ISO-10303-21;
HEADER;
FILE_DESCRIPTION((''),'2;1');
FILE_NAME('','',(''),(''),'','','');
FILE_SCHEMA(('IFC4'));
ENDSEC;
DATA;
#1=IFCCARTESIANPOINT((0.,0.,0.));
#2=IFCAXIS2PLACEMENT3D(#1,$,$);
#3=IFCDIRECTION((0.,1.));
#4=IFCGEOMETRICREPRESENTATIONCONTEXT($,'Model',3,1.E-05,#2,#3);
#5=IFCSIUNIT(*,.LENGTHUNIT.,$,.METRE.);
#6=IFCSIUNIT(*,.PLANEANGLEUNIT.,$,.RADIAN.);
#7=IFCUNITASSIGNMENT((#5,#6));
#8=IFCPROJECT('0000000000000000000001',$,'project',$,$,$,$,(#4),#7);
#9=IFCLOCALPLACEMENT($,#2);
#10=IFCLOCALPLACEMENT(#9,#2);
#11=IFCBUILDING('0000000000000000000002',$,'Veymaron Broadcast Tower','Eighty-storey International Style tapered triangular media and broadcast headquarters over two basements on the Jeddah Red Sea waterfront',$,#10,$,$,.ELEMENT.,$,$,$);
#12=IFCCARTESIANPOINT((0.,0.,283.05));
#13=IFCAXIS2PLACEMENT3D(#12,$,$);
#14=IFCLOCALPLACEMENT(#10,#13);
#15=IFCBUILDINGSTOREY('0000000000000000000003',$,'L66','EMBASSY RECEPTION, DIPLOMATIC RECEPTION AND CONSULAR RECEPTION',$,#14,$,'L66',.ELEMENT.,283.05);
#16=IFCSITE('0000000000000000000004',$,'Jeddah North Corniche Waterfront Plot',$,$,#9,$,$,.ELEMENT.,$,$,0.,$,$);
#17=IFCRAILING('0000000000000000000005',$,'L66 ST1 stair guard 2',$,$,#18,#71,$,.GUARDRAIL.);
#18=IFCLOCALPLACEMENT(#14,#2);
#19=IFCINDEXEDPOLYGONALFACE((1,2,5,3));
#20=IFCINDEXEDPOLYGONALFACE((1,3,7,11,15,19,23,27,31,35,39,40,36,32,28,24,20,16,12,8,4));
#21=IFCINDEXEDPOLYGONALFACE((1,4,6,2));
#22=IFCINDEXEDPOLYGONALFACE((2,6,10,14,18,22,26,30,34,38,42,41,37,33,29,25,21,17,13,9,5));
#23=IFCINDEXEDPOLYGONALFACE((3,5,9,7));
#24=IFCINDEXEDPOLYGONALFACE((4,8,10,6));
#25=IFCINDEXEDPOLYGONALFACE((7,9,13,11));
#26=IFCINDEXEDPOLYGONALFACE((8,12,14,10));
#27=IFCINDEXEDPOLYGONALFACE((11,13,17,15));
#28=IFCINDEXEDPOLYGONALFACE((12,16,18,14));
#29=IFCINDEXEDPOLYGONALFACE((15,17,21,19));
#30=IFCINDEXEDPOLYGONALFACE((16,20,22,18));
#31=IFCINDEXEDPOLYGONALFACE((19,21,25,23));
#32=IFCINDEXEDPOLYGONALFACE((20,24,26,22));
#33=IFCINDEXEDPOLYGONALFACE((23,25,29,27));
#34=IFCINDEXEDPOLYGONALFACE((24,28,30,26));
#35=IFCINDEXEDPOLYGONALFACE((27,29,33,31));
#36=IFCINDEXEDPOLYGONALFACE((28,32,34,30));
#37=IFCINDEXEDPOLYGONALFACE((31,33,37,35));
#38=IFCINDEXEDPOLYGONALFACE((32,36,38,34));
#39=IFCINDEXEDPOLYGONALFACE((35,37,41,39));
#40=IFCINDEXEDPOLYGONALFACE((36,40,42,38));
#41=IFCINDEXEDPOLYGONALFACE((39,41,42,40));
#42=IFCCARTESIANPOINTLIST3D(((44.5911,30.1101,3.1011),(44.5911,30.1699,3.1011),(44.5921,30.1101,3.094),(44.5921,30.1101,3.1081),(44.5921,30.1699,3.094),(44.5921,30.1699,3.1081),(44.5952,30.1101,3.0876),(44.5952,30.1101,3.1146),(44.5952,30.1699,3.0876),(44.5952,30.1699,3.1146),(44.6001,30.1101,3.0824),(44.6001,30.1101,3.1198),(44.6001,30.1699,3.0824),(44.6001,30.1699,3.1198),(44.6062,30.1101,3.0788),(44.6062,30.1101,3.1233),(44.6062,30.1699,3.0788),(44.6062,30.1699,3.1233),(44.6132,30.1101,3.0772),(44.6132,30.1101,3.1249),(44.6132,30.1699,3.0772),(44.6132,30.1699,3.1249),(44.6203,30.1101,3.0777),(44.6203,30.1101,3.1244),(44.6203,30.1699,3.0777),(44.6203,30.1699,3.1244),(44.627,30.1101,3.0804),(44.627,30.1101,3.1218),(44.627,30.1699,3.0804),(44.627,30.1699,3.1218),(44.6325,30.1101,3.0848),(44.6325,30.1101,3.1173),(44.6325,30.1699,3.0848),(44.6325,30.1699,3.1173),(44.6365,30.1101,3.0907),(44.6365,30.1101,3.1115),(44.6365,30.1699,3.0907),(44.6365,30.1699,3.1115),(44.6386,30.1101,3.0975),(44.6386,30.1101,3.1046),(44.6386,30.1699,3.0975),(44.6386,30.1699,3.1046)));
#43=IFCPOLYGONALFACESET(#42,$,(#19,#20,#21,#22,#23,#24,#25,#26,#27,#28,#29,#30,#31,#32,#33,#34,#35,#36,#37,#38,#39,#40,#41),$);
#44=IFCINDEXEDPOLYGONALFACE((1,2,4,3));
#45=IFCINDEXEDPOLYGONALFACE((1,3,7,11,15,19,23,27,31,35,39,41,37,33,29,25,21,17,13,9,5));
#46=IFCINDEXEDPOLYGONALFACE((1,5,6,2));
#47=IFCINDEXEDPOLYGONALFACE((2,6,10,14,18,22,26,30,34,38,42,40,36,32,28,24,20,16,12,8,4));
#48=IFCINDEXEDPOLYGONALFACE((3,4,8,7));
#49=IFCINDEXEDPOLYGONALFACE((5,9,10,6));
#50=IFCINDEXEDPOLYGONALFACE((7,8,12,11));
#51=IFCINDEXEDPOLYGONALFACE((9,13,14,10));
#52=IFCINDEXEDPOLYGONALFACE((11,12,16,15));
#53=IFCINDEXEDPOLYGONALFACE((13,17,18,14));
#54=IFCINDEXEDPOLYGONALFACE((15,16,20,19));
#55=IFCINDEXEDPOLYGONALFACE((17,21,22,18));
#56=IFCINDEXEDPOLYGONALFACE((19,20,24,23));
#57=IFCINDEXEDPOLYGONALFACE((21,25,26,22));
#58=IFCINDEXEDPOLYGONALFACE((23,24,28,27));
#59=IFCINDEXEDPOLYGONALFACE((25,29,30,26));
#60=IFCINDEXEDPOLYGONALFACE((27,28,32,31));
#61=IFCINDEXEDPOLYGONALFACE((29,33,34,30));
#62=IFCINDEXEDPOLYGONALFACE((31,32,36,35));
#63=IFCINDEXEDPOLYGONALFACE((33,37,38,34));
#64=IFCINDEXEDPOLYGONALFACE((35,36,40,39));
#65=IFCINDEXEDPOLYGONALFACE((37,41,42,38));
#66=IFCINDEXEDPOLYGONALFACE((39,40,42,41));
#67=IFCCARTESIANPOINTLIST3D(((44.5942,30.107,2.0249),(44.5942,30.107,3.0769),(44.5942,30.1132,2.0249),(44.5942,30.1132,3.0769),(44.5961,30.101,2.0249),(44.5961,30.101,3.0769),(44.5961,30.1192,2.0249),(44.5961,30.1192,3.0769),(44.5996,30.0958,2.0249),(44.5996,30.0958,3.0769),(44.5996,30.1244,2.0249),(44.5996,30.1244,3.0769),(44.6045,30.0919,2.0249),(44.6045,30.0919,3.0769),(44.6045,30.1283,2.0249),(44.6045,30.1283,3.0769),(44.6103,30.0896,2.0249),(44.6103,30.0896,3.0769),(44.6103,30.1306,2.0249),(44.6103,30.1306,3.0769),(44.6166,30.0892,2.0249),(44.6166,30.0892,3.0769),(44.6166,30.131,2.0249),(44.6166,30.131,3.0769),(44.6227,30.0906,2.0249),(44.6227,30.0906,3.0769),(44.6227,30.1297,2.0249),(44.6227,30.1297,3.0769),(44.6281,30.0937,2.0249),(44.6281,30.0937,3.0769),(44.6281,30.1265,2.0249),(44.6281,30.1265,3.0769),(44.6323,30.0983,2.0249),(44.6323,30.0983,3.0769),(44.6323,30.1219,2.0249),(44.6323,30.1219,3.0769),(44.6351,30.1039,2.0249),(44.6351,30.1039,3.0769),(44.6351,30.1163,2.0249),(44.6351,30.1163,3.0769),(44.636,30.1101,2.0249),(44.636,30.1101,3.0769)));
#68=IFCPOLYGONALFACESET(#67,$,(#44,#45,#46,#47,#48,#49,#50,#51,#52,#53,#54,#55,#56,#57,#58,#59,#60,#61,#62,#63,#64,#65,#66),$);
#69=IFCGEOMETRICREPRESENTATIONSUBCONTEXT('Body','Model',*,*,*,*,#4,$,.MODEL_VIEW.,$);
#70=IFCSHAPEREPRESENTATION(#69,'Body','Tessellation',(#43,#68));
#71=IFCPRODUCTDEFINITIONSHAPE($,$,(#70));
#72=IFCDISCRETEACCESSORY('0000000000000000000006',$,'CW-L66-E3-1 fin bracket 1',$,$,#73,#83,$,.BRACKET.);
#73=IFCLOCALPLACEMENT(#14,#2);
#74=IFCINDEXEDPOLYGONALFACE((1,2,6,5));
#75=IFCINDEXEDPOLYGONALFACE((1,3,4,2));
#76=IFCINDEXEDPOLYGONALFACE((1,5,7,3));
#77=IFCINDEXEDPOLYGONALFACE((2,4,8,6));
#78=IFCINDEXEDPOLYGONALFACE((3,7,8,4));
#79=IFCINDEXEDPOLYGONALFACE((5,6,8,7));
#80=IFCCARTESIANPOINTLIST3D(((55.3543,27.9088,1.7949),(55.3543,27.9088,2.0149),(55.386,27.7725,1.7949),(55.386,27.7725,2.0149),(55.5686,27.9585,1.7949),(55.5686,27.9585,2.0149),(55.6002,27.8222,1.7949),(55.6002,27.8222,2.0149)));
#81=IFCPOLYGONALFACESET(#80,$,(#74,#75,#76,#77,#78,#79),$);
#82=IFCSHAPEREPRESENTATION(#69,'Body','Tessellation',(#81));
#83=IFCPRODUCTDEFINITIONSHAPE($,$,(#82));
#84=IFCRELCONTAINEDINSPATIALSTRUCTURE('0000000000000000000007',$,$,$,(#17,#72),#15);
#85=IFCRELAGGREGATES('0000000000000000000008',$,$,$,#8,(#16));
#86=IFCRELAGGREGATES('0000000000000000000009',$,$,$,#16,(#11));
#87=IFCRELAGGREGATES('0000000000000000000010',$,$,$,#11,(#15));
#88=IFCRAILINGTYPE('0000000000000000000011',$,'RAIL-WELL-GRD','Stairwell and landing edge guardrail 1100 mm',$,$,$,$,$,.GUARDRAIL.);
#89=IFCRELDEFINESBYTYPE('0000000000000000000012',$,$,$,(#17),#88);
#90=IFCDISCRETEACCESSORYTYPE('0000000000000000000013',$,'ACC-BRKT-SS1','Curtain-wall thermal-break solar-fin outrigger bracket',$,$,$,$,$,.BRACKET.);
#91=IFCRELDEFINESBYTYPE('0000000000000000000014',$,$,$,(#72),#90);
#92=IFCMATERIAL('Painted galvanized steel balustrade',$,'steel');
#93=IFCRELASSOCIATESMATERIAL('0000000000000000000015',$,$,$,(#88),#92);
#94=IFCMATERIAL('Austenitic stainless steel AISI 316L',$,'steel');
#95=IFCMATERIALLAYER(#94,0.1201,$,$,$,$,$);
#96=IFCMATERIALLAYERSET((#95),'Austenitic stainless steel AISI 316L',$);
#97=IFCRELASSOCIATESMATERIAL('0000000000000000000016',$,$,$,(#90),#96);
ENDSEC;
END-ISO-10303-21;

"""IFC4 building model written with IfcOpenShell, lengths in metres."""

from ifc_helpers import new_model, si_unit, direction, frame, origin, origin_2d, place, context, subcontext, project, spatial, rectangle, circle, extrude, material, layer, layer_set, type_object, element, save


model = new_model("IFC4")

# Units and contexts
model_context = context("Model", 3, precision=1e-05, world=origin(), true_north=direction((0.0, 1.0)))
body_context = subcontext(model_context, "Body", "Model", "MODEL_VIEW")
ifc_project = project(units=[si_unit("LENGTHUNIT", "METRE"), si_unit("PLANEANGLEUNIT", "RADIAN")], contexts=[model_context])

# Site, building, storey
site_placement = place(None, origin())
site = spatial("IfcSite", under=ifc_project, at=site_placement, Name="Jeddah North Corniche Waterfront Plot", CompositionType="ELEMENT", RefElevation=0.0)
building_placement = place(site_placement, origin())
building = spatial("IfcBuilding", under=site, at=building_placement, Name="Veymaron Broadcast Tower", Description="Eighty-storey International Style tapered triangular media and broadcast headquarters over two basements on the Jeddah Red Sea waterfront", CompositionType="ELEMENT")
storey_placement = place(building_placement, frame((0.0, 0.0, 283.05)))
storey = spatial("IfcBuildingStorey", under=building, at=storey_placement, Name="L66", Description="EMBASSY RECEPTION, DIPLOMATIC RECEPTION AND CONSULAR RECEPTION", LongName="L66", CompositionType="ELEMENT", Elevation=283.05)

# Railing
ifc_material_1 = material(Name="Painted galvanized steel balustrade", Category="steel")
railing_type_1 = type_object("IfcRailingType", Name="RAIL-WELL-GRD", Description="Stairwell and landing edge guardrail 1100 mm", PredefinedType="GUARDRAIL", material=ifc_material_1)
railing_1_placement = place(storey_placement, frame((44.615, 30.1101, 2.0249)))
element("IfcRailing", 1, at=railing_1_placement, inside=storey, type_object=railing_type_1, Name="L66 ST1 stair guard 2", PredefinedType="GUARDRAIL", context=body_context, shape_type="SweptSolid", body=[
    extrude(circle(Radius=0.0239, at=origin_2d()), frame((0.0, 0.0, 1.0762), z_axis=(0.0, 1.0, 0.0), x_axis=(-1.0, 0.0, 0.0)), (0.0, 0.0, 1.0), 0.0598),
    extrude(circle(Radius=0.021, at=origin_2d()), origin(), (0.0, 0.0, 1.0), 1.052),
])

# Discrete accessory
ifc_material_2 = material(Name="Austenitic stainless steel AISI 316L", Category="steel")
ifc_layer_1 = layer(ifc_material_2, 0.1201)
ifc_layer_set_1 = layer_set([ifc_layer_1], Name="Austenitic stainless steel AISI 316L")
discrete_accessory_type = type_object("IfcDiscreteAccessoryType", Name="ACC-BRKT-SS1", Description="Curtain-wall thermal-break solar-fin outrigger bracket", PredefinedType="BRACKET", material=ifc_layer_set_1)
discrete_accessory_placement = place(storey_placement, frame((55.4773, 27.8655, 1.7949), z_axis=(0.0, 0.0, 1.0), x_axis=(0.974118, 0.226039, 0.0)))
element("IfcDiscreteAccessory", 2, at=discrete_accessory_placement, inside=storey, type_object=discrete_accessory_type, Name="CW-L66-E3-1 fin bracket 1", PredefinedType="BRACKET", context=body_context, shape_type="SweptSolid", body=[
    extrude(rectangle(XDim=0.22, YDim=0.1399, at=origin_2d()), origin(), (0.0, 0.0, 1.0), 0.22),
])

save(model, "model.ifc")
